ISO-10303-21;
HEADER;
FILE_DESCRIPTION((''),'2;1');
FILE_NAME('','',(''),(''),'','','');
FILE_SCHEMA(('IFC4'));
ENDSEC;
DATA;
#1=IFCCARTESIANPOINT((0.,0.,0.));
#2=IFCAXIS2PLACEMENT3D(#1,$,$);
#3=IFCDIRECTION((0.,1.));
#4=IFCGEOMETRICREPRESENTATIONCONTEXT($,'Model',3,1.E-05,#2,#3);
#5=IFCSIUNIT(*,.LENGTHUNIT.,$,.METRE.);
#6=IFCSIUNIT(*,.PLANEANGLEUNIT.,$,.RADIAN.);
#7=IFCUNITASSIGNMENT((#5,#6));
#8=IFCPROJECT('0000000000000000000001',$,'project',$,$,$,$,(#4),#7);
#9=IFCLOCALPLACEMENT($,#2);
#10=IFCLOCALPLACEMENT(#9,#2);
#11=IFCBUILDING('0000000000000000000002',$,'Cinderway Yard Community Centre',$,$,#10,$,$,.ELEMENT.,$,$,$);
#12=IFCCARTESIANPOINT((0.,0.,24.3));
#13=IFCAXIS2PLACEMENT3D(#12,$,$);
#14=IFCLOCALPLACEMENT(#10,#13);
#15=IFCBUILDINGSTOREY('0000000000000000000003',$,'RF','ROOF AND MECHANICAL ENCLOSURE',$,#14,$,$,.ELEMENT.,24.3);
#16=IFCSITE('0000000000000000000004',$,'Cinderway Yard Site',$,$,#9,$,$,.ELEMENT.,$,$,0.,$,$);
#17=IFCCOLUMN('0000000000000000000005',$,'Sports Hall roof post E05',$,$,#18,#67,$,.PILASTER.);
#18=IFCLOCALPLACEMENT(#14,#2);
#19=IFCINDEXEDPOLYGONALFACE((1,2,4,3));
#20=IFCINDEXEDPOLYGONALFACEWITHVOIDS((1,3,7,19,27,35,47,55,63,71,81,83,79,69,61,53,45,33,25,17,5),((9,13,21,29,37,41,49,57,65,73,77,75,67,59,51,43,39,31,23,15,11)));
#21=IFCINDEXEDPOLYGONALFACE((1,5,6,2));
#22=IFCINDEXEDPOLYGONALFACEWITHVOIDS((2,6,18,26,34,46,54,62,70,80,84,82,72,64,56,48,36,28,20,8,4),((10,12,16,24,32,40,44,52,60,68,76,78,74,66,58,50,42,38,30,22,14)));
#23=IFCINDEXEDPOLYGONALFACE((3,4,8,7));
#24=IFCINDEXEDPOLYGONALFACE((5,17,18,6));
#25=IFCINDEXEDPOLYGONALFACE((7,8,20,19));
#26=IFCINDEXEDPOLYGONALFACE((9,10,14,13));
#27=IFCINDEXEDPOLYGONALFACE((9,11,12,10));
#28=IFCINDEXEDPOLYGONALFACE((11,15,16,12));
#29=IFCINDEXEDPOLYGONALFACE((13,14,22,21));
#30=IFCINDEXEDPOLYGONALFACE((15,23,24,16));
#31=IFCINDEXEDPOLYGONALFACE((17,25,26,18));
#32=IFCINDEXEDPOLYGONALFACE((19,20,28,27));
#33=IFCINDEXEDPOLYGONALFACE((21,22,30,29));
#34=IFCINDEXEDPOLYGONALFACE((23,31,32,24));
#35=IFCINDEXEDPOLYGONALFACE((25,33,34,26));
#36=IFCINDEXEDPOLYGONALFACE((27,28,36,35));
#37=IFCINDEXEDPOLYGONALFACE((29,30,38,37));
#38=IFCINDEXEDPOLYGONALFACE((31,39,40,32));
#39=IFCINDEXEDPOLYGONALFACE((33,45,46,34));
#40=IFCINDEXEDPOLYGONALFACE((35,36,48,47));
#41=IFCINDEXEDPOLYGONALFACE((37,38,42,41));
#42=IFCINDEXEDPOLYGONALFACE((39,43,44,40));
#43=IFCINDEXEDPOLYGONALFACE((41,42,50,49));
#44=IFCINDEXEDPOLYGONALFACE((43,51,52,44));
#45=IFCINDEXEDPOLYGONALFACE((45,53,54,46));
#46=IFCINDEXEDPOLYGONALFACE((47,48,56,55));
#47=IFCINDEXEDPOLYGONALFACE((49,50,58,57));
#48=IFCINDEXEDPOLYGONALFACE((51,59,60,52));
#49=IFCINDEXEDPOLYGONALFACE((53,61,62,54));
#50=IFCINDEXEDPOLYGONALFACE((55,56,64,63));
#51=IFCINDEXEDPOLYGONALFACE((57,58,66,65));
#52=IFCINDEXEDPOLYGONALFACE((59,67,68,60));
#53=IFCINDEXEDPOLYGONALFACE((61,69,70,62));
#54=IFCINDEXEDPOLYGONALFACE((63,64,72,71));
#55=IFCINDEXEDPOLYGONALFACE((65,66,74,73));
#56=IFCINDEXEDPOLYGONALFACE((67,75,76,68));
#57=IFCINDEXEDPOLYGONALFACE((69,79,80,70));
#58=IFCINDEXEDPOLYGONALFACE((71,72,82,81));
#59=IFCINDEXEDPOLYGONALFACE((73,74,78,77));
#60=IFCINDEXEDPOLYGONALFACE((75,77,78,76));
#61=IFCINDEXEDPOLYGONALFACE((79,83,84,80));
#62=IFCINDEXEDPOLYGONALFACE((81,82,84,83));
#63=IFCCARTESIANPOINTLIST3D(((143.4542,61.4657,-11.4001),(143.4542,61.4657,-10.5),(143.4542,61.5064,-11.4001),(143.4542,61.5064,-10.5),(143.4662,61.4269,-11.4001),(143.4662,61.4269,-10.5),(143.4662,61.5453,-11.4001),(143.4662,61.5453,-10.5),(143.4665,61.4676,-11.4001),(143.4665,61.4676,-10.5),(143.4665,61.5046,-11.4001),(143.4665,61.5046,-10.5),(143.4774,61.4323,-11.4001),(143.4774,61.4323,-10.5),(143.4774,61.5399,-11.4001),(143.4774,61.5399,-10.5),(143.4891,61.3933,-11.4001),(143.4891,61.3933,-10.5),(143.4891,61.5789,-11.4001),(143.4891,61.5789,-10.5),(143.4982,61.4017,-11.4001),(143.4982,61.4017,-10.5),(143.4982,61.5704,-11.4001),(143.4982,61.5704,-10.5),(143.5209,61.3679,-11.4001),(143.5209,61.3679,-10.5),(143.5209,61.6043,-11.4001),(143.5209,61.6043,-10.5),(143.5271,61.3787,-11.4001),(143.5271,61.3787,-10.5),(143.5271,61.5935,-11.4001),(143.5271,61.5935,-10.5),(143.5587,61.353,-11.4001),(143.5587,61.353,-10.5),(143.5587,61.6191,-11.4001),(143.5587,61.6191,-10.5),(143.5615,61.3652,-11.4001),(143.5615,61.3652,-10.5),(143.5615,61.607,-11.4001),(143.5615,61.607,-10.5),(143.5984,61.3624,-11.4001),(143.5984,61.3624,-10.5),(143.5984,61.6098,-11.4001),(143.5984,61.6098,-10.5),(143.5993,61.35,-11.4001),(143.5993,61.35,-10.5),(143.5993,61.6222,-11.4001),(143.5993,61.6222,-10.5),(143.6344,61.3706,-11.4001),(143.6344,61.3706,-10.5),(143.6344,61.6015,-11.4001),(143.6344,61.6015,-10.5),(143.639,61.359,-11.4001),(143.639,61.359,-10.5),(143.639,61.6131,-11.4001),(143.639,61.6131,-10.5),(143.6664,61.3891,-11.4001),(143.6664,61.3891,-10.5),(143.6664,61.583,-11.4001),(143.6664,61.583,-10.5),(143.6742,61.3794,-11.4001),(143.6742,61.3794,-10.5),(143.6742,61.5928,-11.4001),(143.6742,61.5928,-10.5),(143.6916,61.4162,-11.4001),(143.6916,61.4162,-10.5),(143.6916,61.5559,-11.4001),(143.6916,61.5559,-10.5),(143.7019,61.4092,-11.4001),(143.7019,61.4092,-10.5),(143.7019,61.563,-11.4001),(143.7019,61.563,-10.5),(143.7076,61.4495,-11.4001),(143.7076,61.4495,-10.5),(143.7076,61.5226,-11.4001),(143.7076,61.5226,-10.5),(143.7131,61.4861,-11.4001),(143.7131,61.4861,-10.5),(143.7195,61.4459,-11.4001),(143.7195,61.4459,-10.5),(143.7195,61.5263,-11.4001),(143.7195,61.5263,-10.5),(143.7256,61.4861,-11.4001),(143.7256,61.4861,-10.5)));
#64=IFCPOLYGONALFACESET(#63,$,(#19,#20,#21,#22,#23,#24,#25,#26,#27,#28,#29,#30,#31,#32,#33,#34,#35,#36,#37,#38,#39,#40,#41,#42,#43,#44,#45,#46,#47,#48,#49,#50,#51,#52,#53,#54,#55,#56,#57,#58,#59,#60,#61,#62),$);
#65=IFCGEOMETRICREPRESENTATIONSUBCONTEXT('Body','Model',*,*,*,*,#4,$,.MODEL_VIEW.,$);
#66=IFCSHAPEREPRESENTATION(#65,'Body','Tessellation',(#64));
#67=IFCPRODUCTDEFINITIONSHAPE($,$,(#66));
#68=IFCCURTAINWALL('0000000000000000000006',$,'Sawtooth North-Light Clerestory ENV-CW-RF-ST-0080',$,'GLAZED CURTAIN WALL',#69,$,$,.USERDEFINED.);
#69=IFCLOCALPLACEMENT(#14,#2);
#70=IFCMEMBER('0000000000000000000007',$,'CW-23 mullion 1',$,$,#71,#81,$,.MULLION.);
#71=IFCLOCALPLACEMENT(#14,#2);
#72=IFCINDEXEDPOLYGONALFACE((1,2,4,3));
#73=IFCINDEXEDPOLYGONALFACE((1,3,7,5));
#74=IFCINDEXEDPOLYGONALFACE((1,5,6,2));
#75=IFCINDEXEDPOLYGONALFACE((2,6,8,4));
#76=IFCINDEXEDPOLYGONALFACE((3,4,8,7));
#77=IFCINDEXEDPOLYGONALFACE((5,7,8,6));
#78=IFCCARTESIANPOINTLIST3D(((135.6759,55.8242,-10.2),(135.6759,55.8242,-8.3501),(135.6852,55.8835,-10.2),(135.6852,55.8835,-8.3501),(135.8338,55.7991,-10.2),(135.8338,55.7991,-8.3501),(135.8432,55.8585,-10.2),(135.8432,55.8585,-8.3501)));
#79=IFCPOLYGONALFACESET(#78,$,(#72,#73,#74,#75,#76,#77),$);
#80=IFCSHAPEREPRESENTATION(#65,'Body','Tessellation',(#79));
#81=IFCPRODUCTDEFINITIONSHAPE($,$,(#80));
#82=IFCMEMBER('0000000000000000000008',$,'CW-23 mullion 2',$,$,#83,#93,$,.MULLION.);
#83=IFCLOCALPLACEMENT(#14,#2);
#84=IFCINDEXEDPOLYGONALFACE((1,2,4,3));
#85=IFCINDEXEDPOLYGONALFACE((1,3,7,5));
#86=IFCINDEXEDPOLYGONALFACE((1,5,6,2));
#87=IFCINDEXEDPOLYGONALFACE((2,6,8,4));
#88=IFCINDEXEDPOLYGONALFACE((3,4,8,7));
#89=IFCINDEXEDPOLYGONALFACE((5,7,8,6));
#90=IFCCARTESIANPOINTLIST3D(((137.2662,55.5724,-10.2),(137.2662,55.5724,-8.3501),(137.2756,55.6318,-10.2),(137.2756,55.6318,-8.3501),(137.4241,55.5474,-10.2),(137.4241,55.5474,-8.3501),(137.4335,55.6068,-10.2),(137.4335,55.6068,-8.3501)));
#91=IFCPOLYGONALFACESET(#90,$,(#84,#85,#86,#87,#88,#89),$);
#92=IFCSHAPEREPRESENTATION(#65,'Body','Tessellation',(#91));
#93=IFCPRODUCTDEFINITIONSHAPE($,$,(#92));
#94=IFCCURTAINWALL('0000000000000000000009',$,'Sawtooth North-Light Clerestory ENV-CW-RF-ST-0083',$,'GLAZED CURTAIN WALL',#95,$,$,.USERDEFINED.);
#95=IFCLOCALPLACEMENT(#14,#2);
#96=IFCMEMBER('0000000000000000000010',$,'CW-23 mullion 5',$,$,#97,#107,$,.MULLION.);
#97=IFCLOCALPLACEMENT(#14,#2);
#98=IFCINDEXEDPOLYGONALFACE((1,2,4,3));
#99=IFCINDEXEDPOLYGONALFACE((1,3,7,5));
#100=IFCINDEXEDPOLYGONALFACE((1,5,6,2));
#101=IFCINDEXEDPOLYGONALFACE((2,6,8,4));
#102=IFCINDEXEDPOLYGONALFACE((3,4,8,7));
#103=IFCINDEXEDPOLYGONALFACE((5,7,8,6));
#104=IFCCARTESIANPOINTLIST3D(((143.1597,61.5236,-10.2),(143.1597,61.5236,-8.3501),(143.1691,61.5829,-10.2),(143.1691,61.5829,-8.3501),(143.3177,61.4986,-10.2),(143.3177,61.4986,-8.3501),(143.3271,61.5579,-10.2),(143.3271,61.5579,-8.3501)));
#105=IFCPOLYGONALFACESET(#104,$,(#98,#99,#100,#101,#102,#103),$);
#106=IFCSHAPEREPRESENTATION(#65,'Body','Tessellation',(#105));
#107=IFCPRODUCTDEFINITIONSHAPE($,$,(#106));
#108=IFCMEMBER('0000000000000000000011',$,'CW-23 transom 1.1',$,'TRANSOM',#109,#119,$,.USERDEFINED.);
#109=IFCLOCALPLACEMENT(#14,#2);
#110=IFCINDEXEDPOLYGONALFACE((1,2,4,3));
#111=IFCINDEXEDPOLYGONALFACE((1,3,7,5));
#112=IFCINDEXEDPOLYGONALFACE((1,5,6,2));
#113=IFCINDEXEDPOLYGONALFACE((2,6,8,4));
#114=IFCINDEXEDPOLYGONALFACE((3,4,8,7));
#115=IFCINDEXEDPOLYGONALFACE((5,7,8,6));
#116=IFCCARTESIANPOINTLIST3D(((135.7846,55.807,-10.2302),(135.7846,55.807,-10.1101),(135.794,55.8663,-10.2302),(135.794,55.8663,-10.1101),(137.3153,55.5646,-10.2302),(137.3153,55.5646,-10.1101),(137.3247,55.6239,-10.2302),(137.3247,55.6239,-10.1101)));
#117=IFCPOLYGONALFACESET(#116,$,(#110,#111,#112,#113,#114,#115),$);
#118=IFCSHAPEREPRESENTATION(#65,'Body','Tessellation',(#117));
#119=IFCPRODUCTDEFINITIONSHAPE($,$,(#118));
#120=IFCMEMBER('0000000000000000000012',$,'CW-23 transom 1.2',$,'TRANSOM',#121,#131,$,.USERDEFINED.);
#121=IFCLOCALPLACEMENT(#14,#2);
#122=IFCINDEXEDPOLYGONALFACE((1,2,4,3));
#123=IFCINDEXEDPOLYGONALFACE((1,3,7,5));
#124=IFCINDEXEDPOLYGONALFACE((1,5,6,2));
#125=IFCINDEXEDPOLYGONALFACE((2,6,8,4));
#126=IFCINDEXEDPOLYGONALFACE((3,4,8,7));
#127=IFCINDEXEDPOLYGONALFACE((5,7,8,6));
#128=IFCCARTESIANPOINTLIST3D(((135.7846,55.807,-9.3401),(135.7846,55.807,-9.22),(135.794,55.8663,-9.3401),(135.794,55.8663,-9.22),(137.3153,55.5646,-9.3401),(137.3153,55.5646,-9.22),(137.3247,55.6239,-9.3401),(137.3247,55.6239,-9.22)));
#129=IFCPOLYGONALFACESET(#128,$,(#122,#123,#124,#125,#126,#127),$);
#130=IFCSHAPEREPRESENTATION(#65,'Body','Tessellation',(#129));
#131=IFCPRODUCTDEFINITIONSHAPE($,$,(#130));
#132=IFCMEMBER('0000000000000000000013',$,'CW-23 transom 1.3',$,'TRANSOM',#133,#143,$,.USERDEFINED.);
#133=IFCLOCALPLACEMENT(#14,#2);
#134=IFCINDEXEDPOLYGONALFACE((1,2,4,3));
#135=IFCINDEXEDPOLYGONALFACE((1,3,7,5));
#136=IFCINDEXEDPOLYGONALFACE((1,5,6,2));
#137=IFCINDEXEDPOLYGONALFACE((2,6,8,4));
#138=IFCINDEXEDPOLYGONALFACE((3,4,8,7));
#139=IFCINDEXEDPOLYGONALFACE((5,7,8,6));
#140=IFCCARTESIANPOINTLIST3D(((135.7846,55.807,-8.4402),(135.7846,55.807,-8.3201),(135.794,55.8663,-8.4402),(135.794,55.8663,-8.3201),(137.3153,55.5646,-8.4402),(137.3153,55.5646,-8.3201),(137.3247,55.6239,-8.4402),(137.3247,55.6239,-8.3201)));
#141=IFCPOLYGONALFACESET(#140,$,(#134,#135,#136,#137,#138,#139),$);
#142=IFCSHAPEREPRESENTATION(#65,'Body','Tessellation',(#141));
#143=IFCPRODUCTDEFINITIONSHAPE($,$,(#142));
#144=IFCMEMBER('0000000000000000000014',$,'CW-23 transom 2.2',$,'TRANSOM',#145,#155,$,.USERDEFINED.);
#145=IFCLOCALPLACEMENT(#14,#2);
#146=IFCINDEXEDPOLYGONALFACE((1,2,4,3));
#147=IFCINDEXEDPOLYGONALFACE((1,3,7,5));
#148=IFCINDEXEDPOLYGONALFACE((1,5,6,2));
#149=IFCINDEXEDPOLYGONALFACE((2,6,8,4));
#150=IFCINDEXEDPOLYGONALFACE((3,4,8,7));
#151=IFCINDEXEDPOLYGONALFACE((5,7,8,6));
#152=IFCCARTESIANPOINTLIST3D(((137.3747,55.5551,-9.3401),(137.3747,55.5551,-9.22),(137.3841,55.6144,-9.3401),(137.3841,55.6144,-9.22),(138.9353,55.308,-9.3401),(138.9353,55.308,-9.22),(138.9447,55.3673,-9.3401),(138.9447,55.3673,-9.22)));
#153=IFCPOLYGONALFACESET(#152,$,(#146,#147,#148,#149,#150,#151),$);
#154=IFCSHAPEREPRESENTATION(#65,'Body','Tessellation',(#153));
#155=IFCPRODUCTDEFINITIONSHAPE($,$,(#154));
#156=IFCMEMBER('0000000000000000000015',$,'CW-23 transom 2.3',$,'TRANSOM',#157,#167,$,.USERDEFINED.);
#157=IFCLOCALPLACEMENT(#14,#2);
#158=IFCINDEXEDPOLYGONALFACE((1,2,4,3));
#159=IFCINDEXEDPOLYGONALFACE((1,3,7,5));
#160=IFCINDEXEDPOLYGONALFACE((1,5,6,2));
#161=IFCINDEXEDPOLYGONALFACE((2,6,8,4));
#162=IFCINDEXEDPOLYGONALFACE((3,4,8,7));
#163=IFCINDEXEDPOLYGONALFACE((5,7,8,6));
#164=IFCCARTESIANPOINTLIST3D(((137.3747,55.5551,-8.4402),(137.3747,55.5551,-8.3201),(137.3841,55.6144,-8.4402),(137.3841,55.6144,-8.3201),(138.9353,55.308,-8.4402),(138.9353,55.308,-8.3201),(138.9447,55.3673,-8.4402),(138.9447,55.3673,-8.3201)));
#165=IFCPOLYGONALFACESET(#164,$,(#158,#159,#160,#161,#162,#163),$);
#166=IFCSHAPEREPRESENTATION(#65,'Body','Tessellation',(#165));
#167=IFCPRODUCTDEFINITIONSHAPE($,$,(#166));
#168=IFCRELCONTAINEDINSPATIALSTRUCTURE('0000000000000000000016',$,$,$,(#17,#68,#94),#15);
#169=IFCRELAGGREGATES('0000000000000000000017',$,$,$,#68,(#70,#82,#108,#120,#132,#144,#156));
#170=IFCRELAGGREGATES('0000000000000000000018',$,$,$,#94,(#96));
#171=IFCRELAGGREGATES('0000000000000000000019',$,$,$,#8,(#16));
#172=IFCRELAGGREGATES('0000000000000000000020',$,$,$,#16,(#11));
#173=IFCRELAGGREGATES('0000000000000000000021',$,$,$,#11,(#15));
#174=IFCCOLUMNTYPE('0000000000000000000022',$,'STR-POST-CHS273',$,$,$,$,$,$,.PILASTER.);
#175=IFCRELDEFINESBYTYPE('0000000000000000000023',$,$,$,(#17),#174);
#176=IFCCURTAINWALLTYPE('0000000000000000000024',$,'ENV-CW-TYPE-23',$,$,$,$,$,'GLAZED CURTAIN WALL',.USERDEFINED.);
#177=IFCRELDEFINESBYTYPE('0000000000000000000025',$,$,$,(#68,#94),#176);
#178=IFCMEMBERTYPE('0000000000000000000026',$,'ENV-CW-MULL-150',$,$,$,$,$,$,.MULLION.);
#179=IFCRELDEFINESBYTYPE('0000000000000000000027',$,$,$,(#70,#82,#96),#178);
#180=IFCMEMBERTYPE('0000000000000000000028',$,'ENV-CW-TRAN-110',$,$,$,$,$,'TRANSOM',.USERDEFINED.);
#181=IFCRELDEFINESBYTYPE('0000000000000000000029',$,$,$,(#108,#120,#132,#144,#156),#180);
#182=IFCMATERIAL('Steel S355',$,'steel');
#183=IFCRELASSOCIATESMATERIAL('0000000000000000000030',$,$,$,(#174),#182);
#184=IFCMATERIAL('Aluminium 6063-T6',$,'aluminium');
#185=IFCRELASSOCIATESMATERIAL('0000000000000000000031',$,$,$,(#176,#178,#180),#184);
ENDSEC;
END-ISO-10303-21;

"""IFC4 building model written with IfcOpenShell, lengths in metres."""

from ifc_helpers import new_model, si_unit, direction, frame, origin, origin_2d, place, context, subcontext, project, spatial, rectangle, hollow_circle, extrude, material, material_profile, profile_set, type_object, element, aggregate, save


model = new_model("IFC4")

# Units and contexts
model_context = context("Model", 3, precision=1e-05, world=origin(), true_north=direction((0.0, 1.0)))
body_context = subcontext(model_context, "Body", "Model", "MODEL_VIEW")
ifc_project = project(units=[si_unit("LENGTHUNIT", "METRE"), si_unit("PLANEANGLEUNIT", "RADIAN")], contexts=[model_context])

# Site, building, storey
site_placement = place(None, origin())
site = spatial("IfcSite", under=ifc_project, at=site_placement, Name="Cinderway Yard Site", CompositionType="ELEMENT", RefElevation=0.0)
building_placement = place(site_placement, origin())
building = spatial("IfcBuilding", under=site, at=building_placement, Name="Cinderway Yard Community Centre", CompositionType="ELEMENT")
storey_placement = place(building_placement, frame((0.0, 0.0, 24.3)))
storey = spatial("IfcBuildingStorey", under=building, at=storey_placement, Name="RF", Description="ROOF AND MECHANICAL ENCLOSURE", CompositionType="ELEMENT", Elevation=24.3)

# Column
ifc_material_1 = material(Name="Steel S355", Category="steel")
ifc_material_profile_1 = material_profile(ifc_material_1, hollow_circle(Radius=0.1365, WallThickness=0.0125, at=origin_2d()), Name="Steel S355")
ifc_profile_set_1 = profile_set([ifc_material_profile_1], Name="Steel S355")
column_type = type_object("IfcColumnType", Name="STR-POST-CHS273", PredefinedType="PILASTER", material=ifc_profile_set_1)
column_placement = place(storey_placement, frame((143.5891, 61.4861, -11.4001), z_axis=(0.0, 0.0, 1.0), x_axis=(1.0, 0.0, 0.0)))
element("IfcColumn", 1, at=column_placement, inside=storey, type_object=column_type, Name="Sports Hall roof post E05", PredefinedType="PILASTER", context=body_context, shape_type="SweptSolid", body=[
    extrude(hollow_circle(Radius=0.1365, WallThickness=0.0125, at=origin_2d()), origin(), (0.0, 0.0, 1.0), 0.9001),
])

# Curtain wall, members
ifc_material_2 = material(Name="Aluminium 6063-T6", Category="aluminium")
curtain_wall_type = type_object("IfcCurtainWallType", Name="ENV-CW-TYPE-23", ElementType="GLAZED CURTAIN WALL", PredefinedType="USERDEFINED", material=ifc_material_2)
curtain_wall_1_placement = place(storey_placement, origin())
curtain_wall_1 = element("IfcCurtainWall", 2, at=curtain_wall_1_placement, inside=storey, type_object=curtain_wall_type, Name="Sawtooth North-Light Clerestory ENV-CW-RF-ST-0080", ObjectType="GLAZED CURTAIN WALL", PredefinedType="USERDEFINED")
ifc_material_profile_2 = material_profile(ifc_material_2, rectangle(XDim=0.0601, YDim=0.1599, at=origin_2d()), Name="Aluminium 6063-T6")
ifc_profile_set_2 = profile_set([ifc_material_profile_2], Name="Aluminium 6063-T6")
member_type_1 = type_object("IfcMemberType", Name="ENV-CW-MULL-150", PredefinedType="MULLION", material=ifc_profile_set_2)
member_1_placement = place(storey_placement, frame((135.7595, 55.8413, -10.2), z_axis=(0.0, 0.0, 1.0), x_axis=(0.156409, 0.987692, 0.0)))
member_1 = element("IfcMember", 3, at=member_1_placement, type_object=member_type_1, Name="CW-23 mullion 1", PredefinedType="MULLION", context=body_context, shape_type="SweptSolid", body=[
    extrude(rectangle(XDim=0.0601, YDim=0.1599, at=origin_2d()), origin(), (0.0, 0.0, 1.0), 1.8499),
])
member_2_placement = place(storey_placement, frame((137.3499, 55.5896, -10.2), z_axis=(0.0, 0.0, 1.0), x_axis=(0.156409, 0.987692, 0.0)))
member_2 = element("IfcMember", 4, at=member_2_placement, type_object=member_type_1, Name="CW-23 mullion 2", PredefinedType="MULLION", context=body_context, shape_type="SweptSolid", body=[
    extrude(rectangle(XDim=0.0601, YDim=0.1599, at=origin_2d()), origin(), (0.0, 0.0, 1.0), 1.8499),
])

# Curtain wall, member
curtain_wall_2_placement = place(storey_placement, origin())
curtain_wall_2 = element("IfcCurtainWall", 5, at=curtain_wall_2_placement, inside=storey, type_object=curtain_wall_type, Name="Sawtooth North-Light Clerestory ENV-CW-RF-ST-0083", ObjectType="GLAZED CURTAIN WALL", PredefinedType="USERDEFINED")
member_3_placement = place(storey_placement, frame((143.2434, 61.5408, -10.2), z_axis=(0.0, 0.0, 1.0), x_axis=(0.156409, 0.987692, 0.0)))
member_3 = element("IfcMember", 6, at=member_3_placement, type_object=member_type_1, Name="CW-23 mullion 5", PredefinedType="MULLION", context=body_context, shape_type="SweptSolid", body=[
    extrude(rectangle(XDim=0.0601, YDim=0.1599, at=origin_2d()), origin(), (0.0, 0.0, 1.0), 1.8499),
])

# Members
ifc_material_profile_3 = material_profile(ifc_material_2, rectangle(XDim=0.0601, YDim=0.1201, at=origin_2d()), Name="Aluminium 6063-T6")
ifc_profile_set_3 = profile_set([ifc_material_profile_3], Name="Aluminium 6063-T6")
member_type_2 = type_object("IfcMemberType", Name="ENV-CW-TRAN-110", ElementType="TRANSOM", PredefinedType="USERDEFINED", material=ifc_profile_set_3)
member_4_placement = place(storey_placement, frame((135.7893, 55.8367, -10.1702), z_axis=(0.98769, -0.156424, 0.0), x_axis=(0.156424, 0.98769, 0.0)))
member_4 = element("IfcMember", 7, at=member_4_placement, type_object=member_type_2, Name="CW-23 transom 1.1", ObjectType="TRANSOM", PredefinedType="USERDEFINED", context=body_context, shape_type="SweptSolid", body=[
    extrude(rectangle(XDim=0.0601, YDim=0.1201, at=origin_2d()), origin(), (0.0, 0.0, 1.0), 1.5498),
])
member_5_placement = place(storey_placement, frame((135.7893, 55.8367, -9.28), z_axis=(0.98769, -0.156424, 0.0), x_axis=(0.156424, 0.98769, 0.0)))
member_5 = element("IfcMember", 8, at=member_5_placement, type_object=member_type_2, Name="CW-23 transom 1.2", ObjectType="TRANSOM", PredefinedType="USERDEFINED", context=body_context, shape_type="SweptSolid", body=[
    extrude(rectangle(XDim=0.0601, YDim=0.1201, at=origin_2d()), origin(), (0.0, 0.0, 1.0), 1.5498),
])
member_6_placement = place(storey_placement, frame((135.7893, 55.8367, -8.3801), z_axis=(0.98769, -0.156424, 0.0), x_axis=(0.156424, 0.98769, 0.0)))
member_6 = element("IfcMember", 9, at=member_6_placement, type_object=member_type_2, Name="CW-23 transom 1.3", ObjectType="TRANSOM", PredefinedType="USERDEFINED", context=body_context, shape_type="SweptSolid", body=[
    extrude(rectangle(XDim=0.0601, YDim=0.1201, at=origin_2d()), origin(), (0.0, 0.0, 1.0), 1.5498),
])
member_7_placement = place(storey_placement, frame((137.3794, 55.5847, -9.28), z_axis=(0.987698, -0.156375, 0.0), x_axis=(0.156375, 0.987698, 0.0)))
member_7 = element("IfcMember", 10, at=member_7_placement, type_object=member_type_2, Name="CW-23 transom 2.2", ObjectType="TRANSOM", PredefinedType="USERDEFINED", context=body_context, shape_type="SweptSolid", body=[
    extrude(rectangle(XDim=0.0601, YDim=0.1201, at=origin_2d()), origin(), (0.0, 0.0, 1.0), 1.5801),
])
member_8_placement = place(storey_placement, frame((137.3794, 55.5847, -8.3801), z_axis=(0.987698, -0.156375, 0.0), x_axis=(0.156375, 0.987698, 0.0)))
member_8 = element("IfcMember", 11, at=member_8_placement, type_object=member_type_2, Name="CW-23 transom 2.3", ObjectType="TRANSOM", PredefinedType="USERDEFINED", context=body_context, shape_type="SweptSolid", body=[
    extrude(rectangle(XDim=0.0601, YDim=0.1201, at=origin_2d()), origin(), (0.0, 0.0, 1.0), 1.5801),
])

aggregate(curtain_wall_1, [member_1, member_2, member_4, member_5, member_6, member_7, member_8])
aggregate(curtain_wall_2, [member_3])

save(model, "model.ifc")
